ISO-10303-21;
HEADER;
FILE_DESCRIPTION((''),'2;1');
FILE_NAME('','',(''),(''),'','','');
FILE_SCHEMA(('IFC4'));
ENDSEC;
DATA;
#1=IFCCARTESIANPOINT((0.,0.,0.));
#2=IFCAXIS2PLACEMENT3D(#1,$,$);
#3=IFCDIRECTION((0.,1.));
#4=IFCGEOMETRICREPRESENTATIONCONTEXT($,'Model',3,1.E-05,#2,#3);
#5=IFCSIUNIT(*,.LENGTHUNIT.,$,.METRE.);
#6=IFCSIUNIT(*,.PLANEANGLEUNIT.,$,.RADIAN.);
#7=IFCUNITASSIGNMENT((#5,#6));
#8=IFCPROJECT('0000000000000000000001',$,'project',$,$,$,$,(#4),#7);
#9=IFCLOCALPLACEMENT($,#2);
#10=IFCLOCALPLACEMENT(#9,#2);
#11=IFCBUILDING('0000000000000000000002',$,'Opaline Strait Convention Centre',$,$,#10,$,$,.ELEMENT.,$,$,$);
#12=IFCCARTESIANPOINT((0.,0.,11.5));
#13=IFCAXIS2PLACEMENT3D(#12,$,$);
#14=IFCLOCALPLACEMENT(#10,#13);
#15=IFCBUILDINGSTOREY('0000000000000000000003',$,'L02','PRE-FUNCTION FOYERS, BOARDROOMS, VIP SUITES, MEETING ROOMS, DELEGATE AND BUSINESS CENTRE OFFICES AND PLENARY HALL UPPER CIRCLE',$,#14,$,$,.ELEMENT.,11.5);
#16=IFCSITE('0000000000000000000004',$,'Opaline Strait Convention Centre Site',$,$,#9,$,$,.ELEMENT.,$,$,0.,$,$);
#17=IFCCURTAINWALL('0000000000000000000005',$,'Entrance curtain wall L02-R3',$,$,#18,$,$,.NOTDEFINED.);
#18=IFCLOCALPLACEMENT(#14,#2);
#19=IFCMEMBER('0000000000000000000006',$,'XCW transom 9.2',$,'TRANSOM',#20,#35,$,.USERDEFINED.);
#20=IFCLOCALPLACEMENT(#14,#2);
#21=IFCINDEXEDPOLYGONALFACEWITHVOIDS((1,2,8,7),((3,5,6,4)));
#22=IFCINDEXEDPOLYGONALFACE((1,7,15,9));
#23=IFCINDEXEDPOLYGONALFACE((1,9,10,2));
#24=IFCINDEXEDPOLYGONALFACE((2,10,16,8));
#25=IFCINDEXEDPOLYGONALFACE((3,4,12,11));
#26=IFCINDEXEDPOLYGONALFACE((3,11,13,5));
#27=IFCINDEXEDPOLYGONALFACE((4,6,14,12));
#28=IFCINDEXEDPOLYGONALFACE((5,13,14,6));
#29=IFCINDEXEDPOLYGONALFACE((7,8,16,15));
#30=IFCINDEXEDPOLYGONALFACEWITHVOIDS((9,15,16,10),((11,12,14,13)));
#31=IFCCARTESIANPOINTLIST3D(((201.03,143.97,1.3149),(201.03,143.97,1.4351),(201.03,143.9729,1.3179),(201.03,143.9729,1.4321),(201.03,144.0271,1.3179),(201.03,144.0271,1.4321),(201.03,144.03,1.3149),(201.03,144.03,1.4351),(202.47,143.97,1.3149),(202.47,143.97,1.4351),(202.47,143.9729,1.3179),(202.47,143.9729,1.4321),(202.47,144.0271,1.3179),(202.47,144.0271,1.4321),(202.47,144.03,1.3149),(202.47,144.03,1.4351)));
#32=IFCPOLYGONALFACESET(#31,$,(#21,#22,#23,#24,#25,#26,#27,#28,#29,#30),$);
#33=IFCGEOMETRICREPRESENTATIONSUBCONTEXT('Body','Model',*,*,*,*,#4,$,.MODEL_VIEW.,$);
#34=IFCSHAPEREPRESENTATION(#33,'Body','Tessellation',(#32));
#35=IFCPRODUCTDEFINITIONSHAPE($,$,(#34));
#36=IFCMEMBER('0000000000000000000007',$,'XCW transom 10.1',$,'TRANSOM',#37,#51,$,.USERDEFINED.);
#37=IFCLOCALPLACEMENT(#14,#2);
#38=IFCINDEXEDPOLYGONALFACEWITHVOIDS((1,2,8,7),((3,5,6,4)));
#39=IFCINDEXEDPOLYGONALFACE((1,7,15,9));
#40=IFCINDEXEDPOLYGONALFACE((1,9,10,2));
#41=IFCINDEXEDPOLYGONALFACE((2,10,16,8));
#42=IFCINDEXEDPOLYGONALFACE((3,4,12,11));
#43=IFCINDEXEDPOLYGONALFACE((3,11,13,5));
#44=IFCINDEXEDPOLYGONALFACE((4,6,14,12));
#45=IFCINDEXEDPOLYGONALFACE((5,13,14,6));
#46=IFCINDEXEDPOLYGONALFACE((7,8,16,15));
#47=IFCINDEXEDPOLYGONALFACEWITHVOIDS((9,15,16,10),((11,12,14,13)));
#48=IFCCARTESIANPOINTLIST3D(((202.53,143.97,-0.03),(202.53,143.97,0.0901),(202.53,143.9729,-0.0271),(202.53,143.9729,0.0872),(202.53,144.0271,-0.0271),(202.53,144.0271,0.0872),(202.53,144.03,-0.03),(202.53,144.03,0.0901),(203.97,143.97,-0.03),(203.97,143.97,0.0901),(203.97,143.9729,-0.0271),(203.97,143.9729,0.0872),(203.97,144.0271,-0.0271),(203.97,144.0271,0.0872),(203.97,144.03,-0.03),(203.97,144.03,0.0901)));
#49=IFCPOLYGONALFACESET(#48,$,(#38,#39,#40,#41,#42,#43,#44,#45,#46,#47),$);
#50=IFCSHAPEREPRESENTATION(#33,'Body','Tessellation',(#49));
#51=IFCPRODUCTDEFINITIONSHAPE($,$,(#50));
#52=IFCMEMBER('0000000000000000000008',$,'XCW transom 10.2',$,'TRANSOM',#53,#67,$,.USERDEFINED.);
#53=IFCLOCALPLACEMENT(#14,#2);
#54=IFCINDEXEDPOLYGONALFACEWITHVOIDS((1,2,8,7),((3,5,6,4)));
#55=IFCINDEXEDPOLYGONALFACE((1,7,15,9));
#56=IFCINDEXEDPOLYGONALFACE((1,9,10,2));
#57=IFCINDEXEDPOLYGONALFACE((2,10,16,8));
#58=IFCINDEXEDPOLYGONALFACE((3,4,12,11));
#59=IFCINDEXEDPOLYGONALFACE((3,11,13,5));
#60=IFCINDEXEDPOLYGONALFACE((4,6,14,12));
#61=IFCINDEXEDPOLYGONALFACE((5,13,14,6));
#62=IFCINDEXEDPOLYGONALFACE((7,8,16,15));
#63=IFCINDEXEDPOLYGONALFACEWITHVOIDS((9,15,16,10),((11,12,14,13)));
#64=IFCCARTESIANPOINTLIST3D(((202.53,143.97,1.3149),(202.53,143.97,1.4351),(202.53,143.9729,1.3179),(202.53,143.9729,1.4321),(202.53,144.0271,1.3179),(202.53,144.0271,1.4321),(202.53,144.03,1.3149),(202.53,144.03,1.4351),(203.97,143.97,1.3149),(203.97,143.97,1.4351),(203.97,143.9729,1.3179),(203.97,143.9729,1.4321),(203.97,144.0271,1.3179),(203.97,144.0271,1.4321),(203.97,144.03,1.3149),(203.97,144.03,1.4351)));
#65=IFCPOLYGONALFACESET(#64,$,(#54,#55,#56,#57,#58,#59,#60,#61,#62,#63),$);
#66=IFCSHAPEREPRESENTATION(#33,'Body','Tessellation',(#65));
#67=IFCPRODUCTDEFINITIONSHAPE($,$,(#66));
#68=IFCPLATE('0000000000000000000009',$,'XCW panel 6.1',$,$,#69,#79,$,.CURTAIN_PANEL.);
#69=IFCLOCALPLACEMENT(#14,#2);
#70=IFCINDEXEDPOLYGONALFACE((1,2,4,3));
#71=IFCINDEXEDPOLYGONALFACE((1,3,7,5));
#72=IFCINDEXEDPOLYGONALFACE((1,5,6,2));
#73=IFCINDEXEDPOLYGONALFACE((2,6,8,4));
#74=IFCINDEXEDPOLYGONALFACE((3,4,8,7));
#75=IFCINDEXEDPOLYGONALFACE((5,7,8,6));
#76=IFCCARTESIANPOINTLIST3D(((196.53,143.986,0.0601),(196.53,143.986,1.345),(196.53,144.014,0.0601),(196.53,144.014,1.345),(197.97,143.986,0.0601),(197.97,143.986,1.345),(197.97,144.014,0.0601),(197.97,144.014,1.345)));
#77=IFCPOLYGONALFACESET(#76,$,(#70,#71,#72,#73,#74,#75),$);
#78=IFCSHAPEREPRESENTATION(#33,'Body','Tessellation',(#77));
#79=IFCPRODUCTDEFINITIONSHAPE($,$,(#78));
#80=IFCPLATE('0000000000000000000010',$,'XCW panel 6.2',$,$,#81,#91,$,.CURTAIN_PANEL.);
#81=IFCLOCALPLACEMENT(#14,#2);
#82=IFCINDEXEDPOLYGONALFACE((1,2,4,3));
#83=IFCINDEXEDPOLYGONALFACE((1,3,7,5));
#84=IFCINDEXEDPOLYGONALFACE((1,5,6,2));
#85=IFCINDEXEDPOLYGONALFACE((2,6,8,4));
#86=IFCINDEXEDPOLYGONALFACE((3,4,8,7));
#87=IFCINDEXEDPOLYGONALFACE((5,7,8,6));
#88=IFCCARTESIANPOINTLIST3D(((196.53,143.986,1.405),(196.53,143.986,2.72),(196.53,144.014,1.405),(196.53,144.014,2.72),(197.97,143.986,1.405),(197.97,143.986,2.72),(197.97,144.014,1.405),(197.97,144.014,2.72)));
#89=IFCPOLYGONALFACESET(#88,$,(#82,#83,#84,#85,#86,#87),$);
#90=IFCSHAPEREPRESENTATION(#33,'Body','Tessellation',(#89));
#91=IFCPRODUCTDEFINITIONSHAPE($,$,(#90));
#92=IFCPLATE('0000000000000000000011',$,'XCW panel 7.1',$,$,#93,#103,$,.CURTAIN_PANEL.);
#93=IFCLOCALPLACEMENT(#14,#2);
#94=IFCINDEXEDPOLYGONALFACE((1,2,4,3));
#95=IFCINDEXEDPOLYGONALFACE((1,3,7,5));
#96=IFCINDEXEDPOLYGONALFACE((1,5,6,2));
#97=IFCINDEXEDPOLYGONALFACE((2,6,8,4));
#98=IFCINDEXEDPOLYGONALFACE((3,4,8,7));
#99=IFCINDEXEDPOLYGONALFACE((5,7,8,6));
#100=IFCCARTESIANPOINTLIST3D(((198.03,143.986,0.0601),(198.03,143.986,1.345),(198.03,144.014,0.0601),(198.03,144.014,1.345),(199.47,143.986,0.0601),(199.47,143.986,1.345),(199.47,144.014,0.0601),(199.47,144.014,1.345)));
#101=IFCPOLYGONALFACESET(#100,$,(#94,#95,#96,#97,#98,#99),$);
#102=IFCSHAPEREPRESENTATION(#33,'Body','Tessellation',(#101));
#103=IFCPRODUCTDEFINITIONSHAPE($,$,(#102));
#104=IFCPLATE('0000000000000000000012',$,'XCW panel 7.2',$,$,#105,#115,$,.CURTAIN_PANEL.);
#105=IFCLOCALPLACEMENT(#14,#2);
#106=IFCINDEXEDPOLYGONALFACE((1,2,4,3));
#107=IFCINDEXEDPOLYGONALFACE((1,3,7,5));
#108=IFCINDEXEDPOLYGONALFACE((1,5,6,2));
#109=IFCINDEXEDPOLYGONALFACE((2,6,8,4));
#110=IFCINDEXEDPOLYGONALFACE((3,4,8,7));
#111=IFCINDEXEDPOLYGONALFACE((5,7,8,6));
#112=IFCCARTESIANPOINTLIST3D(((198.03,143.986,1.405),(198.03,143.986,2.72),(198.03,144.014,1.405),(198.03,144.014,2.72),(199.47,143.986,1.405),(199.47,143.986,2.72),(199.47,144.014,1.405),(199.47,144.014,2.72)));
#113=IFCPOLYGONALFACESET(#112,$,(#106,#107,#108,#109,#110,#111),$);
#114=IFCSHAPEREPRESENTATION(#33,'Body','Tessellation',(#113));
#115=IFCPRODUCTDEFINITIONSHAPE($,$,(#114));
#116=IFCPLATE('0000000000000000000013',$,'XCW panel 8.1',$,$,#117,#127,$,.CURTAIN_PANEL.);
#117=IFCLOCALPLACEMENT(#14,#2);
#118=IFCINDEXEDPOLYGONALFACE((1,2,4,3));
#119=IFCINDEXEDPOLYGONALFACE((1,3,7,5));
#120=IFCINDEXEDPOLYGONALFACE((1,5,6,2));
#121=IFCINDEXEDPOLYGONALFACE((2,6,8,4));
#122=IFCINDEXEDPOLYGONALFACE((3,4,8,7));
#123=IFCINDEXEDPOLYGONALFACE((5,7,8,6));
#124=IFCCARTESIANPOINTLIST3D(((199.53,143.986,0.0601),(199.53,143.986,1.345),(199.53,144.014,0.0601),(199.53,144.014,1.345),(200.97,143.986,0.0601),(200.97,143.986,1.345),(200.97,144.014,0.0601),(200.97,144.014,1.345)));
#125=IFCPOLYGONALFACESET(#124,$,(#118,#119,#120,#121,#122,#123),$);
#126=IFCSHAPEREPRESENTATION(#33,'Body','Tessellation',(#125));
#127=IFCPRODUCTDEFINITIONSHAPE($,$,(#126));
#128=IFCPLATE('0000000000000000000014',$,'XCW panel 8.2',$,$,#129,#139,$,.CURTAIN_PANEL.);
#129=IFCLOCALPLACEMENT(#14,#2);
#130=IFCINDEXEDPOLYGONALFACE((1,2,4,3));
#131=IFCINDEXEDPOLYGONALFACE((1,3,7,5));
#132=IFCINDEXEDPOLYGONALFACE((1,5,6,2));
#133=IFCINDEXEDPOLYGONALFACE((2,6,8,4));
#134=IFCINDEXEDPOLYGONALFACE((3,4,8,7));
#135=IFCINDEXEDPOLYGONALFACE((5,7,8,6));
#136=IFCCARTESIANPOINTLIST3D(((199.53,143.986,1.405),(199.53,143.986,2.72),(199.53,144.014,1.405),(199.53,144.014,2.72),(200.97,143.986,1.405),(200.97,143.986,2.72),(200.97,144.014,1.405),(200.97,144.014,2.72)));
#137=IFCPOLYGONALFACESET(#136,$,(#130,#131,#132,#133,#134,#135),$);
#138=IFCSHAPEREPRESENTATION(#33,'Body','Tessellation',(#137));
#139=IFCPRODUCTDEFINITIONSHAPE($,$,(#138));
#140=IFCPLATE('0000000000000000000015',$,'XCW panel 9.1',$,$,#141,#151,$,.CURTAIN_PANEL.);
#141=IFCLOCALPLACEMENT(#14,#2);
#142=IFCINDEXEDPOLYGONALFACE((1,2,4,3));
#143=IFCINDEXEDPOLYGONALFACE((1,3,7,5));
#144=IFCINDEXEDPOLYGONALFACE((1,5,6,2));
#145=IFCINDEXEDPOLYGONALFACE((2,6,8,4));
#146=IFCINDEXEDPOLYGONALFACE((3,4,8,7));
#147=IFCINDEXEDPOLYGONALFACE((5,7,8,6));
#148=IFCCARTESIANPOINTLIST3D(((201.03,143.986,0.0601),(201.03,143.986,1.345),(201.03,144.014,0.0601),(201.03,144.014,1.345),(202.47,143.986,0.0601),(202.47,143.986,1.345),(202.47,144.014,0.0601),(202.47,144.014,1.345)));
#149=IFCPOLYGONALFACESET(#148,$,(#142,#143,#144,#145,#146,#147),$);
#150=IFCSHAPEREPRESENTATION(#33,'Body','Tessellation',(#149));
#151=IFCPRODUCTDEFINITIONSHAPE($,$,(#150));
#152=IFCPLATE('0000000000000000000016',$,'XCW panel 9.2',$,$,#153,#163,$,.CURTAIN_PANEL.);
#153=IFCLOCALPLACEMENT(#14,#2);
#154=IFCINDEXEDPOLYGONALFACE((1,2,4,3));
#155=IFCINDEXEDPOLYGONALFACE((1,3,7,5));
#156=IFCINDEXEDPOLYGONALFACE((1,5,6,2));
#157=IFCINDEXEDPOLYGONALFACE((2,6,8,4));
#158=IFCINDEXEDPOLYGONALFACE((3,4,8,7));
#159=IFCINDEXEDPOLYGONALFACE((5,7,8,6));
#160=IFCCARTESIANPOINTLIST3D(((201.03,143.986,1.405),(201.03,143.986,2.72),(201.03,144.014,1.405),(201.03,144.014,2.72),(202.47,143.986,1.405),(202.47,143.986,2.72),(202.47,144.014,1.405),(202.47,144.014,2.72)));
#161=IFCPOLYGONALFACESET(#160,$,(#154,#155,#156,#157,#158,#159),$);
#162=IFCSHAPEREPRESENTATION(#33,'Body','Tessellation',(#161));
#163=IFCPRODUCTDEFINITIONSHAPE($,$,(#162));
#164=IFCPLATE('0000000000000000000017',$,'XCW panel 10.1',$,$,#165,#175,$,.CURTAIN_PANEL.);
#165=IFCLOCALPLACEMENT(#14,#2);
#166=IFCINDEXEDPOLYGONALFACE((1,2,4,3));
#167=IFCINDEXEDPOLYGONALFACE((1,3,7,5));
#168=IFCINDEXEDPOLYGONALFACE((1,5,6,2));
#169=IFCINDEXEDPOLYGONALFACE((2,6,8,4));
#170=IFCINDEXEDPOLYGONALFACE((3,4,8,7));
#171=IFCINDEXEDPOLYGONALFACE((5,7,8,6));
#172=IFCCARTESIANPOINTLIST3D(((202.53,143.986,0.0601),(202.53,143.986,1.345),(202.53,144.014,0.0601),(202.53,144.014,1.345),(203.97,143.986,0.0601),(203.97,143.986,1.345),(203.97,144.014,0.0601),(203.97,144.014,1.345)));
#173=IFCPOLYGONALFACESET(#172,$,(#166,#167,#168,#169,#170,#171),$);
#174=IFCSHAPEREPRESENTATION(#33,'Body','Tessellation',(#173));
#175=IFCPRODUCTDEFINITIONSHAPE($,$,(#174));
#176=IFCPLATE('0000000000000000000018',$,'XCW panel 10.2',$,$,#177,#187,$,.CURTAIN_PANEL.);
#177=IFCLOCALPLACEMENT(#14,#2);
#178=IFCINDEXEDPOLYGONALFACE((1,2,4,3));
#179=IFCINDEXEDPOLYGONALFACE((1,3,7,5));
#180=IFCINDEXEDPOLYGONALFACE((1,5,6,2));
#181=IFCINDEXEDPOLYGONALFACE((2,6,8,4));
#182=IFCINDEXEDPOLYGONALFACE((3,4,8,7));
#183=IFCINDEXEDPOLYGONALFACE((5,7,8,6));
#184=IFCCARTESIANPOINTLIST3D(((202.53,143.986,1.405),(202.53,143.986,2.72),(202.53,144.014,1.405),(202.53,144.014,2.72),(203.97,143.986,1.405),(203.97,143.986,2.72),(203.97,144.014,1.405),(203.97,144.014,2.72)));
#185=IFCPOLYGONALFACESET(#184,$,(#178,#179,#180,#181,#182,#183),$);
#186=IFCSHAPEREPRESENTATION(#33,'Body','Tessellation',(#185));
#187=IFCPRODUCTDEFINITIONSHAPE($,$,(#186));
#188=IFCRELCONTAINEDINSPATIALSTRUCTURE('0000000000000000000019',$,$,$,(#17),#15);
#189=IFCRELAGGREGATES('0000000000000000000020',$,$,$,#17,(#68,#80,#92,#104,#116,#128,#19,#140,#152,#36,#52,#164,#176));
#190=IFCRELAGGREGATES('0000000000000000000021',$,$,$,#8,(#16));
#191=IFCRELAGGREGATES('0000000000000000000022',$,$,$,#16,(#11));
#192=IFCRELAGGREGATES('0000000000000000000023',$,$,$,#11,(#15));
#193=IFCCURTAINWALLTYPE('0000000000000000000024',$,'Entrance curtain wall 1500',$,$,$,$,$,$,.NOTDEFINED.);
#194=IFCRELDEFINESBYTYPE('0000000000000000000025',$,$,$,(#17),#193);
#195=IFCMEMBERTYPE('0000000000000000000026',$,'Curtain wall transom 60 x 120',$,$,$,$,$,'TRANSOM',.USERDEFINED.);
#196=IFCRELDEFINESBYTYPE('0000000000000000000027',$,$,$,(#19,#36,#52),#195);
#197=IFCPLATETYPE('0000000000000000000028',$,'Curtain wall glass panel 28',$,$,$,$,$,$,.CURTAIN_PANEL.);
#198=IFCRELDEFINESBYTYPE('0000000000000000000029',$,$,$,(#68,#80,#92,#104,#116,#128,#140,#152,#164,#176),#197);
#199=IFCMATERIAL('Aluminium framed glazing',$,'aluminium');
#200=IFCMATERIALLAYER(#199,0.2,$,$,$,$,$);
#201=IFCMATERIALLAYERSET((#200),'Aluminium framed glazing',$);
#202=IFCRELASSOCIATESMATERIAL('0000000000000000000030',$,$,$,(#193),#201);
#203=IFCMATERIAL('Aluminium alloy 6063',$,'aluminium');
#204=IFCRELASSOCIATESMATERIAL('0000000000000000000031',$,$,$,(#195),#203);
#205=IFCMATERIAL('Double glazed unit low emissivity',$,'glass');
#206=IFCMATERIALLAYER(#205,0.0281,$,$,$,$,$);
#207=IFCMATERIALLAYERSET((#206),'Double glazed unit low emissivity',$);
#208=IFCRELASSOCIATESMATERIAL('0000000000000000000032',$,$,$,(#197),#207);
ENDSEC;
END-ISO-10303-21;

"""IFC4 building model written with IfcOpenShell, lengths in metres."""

from ifc_helpers import new_model, si_unit, direction, frame, origin, origin_2d, place, context, subcontext, project, spatial, rectangle, hollow_rectangle, extrude, material, layer, layer_set, material_profile, profile_set, type_object, element, aggregate, save


model = new_model("IFC4")

# Units and contexts
model_context = context("Model", 3, precision=1e-05, world=origin(), true_north=direction((0.0, 1.0)))
body_context = subcontext(model_context, "Body", "Model", "MODEL_VIEW")
ifc_project = project(units=[si_unit("LENGTHUNIT", "METRE"), si_unit("PLANEANGLEUNIT", "RADIAN")], contexts=[model_context])

# Site, building, storey
site_placement = place(None, origin())
site = spatial("IfcSite", under=ifc_project, at=site_placement, Name="Opaline Strait Convention Centre Site", CompositionType="ELEMENT", RefElevation=0.0)
building_placement = place(site_placement, origin())
building = spatial("IfcBuilding", under=site, at=building_placement, Name="Opaline Strait Convention Centre", CompositionType="ELEMENT")
storey_placement = place(building_placement, frame((0.0, 0.0, 11.5)))
storey = spatial("IfcBuildingStorey", under=building, at=storey_placement, Name="L02", Description="PRE-FUNCTION FOYERS, BOARDROOMS, VIP SUITES, MEETING ROOMS, DELEGATE AND BUSINESS CENTRE OFFICES AND PLENARY HALL UPPER CIRCLE", CompositionType="ELEMENT", Elevation=11.5)

# Curtain wall, members, plates
ifc_material_1 = material(Name="Aluminium framed glazing", Category="aluminium")
ifc_layer_1 = layer(ifc_material_1, 0.2)
ifc_layer_set_1 = layer_set([ifc_layer_1], Name="Aluminium framed glazing")
curtain_wall_type = type_object("IfcCurtainWallType", Name="Entrance curtain wall 1500", PredefinedType="NOTDEFINED", material=ifc_layer_set_1)
curtain_wall_placement = place(storey_placement, origin())
curtain_wall = element("IfcCurtainWall", 1, at=curtain_wall_placement, inside=storey, type_object=curtain_wall_type, Name="Entrance curtain wall L02-R3", PredefinedType="NOTDEFINED")
ifc_material_2 = material(Name="Aluminium alloy 6063", Category="aluminium")
ifc_material_profile_1 = material_profile(ifc_material_2, hollow_rectangle(XDim=0.0601, YDim=0.1201, WallThickness=0.0029, at=origin_2d()), Name="TRANSOM 60x120x3")
ifc_profile_set_1 = profile_set([ifc_material_profile_1], Name="Aluminium alloy 6063")
member_type_1 = type_object("IfcMemberType", Name="Curtain wall transom 60 x 120", ElementType="TRANSOM", PredefinedType="USERDEFINED", material=ifc_profile_set_1)
member_1_placement = place(storey_placement, frame((201.03, 144.0, 1.375), z_axis=(1.0, 0.0, 0.0), x_axis=(0.0, 1.0, 0.0)))
member_1 = element("IfcMember", 2, at=member_1_placement, type_object=member_type_1, Name="XCW transom 9.2", ObjectType="TRANSOM", PredefinedType="USERDEFINED", context=body_context, shape_type="SweptSolid", body=[
    extrude(hollow_rectangle(XDim=0.0601, YDim=0.1201, WallThickness=0.0029, at=origin_2d()), origin(), (0.0, 0.0, 1.0), 1.4399),
])
member_2_placement = place(storey_placement, frame((202.53, 144.0, 0.03), z_axis=(1.0, 0.0, 0.0), x_axis=(0.0, 1.0, 0.0)))
member_2 = element("IfcMember", 3, at=member_2_placement, type_object=member_type_1, Name="XCW transom 10.1", ObjectType="TRANSOM", PredefinedType="USERDEFINED", context=body_context, shape_type="SweptSolid", body=[
    extrude(hollow_rectangle(XDim=0.0601, YDim=0.1201, WallThickness=0.0029, at=origin_2d()), origin(), (0.0, 0.0, 1.0), 1.4399),
])
member_3_placement = place(storey_placement, frame((202.53, 144.0, 1.375), z_axis=(1.0, 0.0, 0.0), x_axis=(0.0, 1.0, 0.0)))
member_3 = element("IfcMember", 4, at=member_3_placement, type_object=member_type_1, Name="XCW transom 10.2", ObjectType="TRANSOM", PredefinedType="USERDEFINED", context=body_context, shape_type="SweptSolid", body=[
    extrude(hollow_rectangle(XDim=0.0601, YDim=0.1201, WallThickness=0.0029, at=origin_2d()), origin(), (0.0, 0.0, 1.0), 1.4399),
])
ifc_material_3 = material(Name="Double glazed unit low emissivity", Category="glass")
ifc_layer_2 = layer(ifc_material_3, 0.0281)
ifc_layer_set_2 = layer_set([ifc_layer_2], Name="Double glazed unit low emissivity")
plate_type = type_object("IfcPlateType", Name="Curtain wall glass panel 28", PredefinedType="CURTAIN_PANEL", material=ifc_layer_set_2)
plate_1_placement = place(storey_placement, frame((197.25, 144.0, 0.0601), z_axis=(0.0, 0.0, 1.0), x_axis=(1.0, 0.0, 0.0)))
plate_1 = element("IfcPlate", 5, at=plate_1_placement, type_object=plate_type, Name="XCW panel 6.1", PredefinedType="CURTAIN_PANEL", context=body_context, shape_type="SweptSolid", body=[
    extrude(rectangle(XDim=1.4399, YDim=0.0281, at=origin_2d()), origin(), (0.0, 0.0, 1.0), 1.2849),
])
plate_2_placement = place(storey_placement, frame((197.25, 144.0, 1.405), z_axis=(0.0, 0.0, 1.0), x_axis=(1.0, 0.0, 0.0)))
plate_2 = element("IfcPlate", 6, at=plate_2_placement, type_object=plate_type, Name="XCW panel 6.2", PredefinedType="CURTAIN_PANEL", context=body_context, shape_type="SweptSolid", body=[
    extrude(rectangle(XDim=1.4399, YDim=0.0281, at=origin_2d()), origin(), (0.0, 0.0, 1.0), 1.3149),
])
plate_3_placement = place(storey_placement, frame((198.75, 144.0, 0.0601), z_axis=(0.0, 0.0, 1.0), x_axis=(1.0, 0.0, 0.0)))
plate_3 = element("IfcPlate", 7, at=plate_3_placement, type_object=plate_type, Name="XCW panel 7.1", PredefinedType="CURTAIN_PANEL", context=body_context, shape_type="SweptSolid", body=[
    extrude(rectangle(XDim=1.4399, YDim=0.0281, at=origin_2d()), origin(), (0.0, 0.0, 1.0), 1.2849),
])
plate_4_placement = place(storey_placement, frame((198.75, 144.0, 1.405), z_axis=(0.0, 0.0, 1.0), x_axis=(1.0, 0.0, 0.0)))
plate_4 = element("IfcPlate", 8, at=plate_4_placement, type_object=plate_type, Name="XCW panel 7.2", PredefinedType="CURTAIN_PANEL", context=body_context, shape_type="SweptSolid", body=[
    extrude(rectangle(XDim=1.4399, YDim=0.0281, at=origin_2d()), origin(), (0.0, 0.0, 1.0), 1.3149),
])
plate_5_placement = place(storey_placement, frame((200.25, 144.0, 0.0601), z_axis=(0.0, 0.0, 1.0), x_axis=(1.0, 0.0, 0.0)))
plate_5 = element("IfcPlate", 9, at=plate_5_placement, type_object=plate_type, Name="XCW panel 8.1", PredefinedType="CURTAIN_PANEL", context=body_context, shape_type="SweptSolid", body=[
    extrude(rectangle(XDim=1.4399, YDim=0.0281, at=origin_2d()), origin(), (0.0, 0.0, 1.0), 1.2849),
])
plate_6_placement = place(storey_placement, frame((200.25, 144.0, 1.405), z_axis=(0.0, 0.0, 1.0), x_axis=(1.0, 0.0, 0.0)))
plate_6 = element("IfcPlate", 10, at=plate_6_placement, type_object=plate_type, Name="XCW panel 8.2", PredefinedType="CURTAIN_PANEL", context=body_context, shape_type="SweptSolid", body=[
    extrude(rectangle(XDim=1.4399, YDim=0.0281, at=origin_2d()), origin(), (0.0, 0.0, 1.0), 1.3149),
])
plate_7_placement = place(storey_placement, frame((201.75, 144.0, 0.0601), z_axis=(0.0, 0.0, 1.0), x_axis=(1.0, 0.0, 0.0)))
plate_7 = element("IfcPlate", 11, at=plate_7_placement, type_object=plate_type, Name="XCW panel 9.1", PredefinedType="CURTAIN_PANEL", context=body_context, shape_type="SweptSolid", body=[
    extrude(rectangle(XDim=1.4399, YDim=0.0281, at=origin_2d()), origin(), (0.0, 0.0, 1.0), 1.2849),
])
plate_8_placement = place(storey_placement, frame((201.75, 144.0, 1.405), z_axis=(0.0, 0.0, 1.0), x_axis=(1.0, 0.0, 0.0)))
plate_8 = element("IfcPlate", 12, at=plate_8_placement, type_object=plate_type, Name="XCW panel 9.2", PredefinedType="CURTAIN_PANEL", context=body_context, shape_type="SweptSolid", body=[
    extrude(rectangle(XDim=1.4399, YDim=0.0281, at=origin_2d()), origin(), (0.0, 0.0, 1.0), 1.3149),
])
plate_9_placement = place(storey_placement, frame((203.25, 144.0, 0.0601), z_axis=(0.0, 0.0, 1.0), x_axis=(1.0, 0.0, 0.0)))
plate_9 = element("IfcPlate", 13, at=plate_9_placement, type_object=plate_type, Name="XCW panel 10.1", PredefinedType="CURTAIN_PANEL", context=body_context, shape_type="SweptSolid", body=[
    extrude(rectangle(XDim=1.4399, YDim=0.0281, at=origin_2d()), origin(), (0.0, 0.0, 1.0), 1.2849),
])
plate_10_placement = place(storey_placement, frame((203.25, 144.0, 1.405), z_axis=(0.0, 0.0, 1.0), x_axis=(1.0, 0.0, 0.0)))
plate_10 = element("IfcPlate", 14, at=plate_10_placement, type_object=plate_type, Name="XCW panel 10.2", PredefinedType="CURTAIN_PANEL", context=body_context, shape_type="SweptSolid", body=[
    extrude(rectangle(XDim=1.4399, YDim=0.0281, at=origin_2d()), origin(), (0.0, 0.0, 1.0), 1.3149),
])
aggregate(curtain_wall, [plate_1, plate_2, plate_3, plate_4, plate_5, plate_6, member_1, plate_7, plate_8, member_2, member_3, plate_9, plate_10])

save(model, "model.ifc")
